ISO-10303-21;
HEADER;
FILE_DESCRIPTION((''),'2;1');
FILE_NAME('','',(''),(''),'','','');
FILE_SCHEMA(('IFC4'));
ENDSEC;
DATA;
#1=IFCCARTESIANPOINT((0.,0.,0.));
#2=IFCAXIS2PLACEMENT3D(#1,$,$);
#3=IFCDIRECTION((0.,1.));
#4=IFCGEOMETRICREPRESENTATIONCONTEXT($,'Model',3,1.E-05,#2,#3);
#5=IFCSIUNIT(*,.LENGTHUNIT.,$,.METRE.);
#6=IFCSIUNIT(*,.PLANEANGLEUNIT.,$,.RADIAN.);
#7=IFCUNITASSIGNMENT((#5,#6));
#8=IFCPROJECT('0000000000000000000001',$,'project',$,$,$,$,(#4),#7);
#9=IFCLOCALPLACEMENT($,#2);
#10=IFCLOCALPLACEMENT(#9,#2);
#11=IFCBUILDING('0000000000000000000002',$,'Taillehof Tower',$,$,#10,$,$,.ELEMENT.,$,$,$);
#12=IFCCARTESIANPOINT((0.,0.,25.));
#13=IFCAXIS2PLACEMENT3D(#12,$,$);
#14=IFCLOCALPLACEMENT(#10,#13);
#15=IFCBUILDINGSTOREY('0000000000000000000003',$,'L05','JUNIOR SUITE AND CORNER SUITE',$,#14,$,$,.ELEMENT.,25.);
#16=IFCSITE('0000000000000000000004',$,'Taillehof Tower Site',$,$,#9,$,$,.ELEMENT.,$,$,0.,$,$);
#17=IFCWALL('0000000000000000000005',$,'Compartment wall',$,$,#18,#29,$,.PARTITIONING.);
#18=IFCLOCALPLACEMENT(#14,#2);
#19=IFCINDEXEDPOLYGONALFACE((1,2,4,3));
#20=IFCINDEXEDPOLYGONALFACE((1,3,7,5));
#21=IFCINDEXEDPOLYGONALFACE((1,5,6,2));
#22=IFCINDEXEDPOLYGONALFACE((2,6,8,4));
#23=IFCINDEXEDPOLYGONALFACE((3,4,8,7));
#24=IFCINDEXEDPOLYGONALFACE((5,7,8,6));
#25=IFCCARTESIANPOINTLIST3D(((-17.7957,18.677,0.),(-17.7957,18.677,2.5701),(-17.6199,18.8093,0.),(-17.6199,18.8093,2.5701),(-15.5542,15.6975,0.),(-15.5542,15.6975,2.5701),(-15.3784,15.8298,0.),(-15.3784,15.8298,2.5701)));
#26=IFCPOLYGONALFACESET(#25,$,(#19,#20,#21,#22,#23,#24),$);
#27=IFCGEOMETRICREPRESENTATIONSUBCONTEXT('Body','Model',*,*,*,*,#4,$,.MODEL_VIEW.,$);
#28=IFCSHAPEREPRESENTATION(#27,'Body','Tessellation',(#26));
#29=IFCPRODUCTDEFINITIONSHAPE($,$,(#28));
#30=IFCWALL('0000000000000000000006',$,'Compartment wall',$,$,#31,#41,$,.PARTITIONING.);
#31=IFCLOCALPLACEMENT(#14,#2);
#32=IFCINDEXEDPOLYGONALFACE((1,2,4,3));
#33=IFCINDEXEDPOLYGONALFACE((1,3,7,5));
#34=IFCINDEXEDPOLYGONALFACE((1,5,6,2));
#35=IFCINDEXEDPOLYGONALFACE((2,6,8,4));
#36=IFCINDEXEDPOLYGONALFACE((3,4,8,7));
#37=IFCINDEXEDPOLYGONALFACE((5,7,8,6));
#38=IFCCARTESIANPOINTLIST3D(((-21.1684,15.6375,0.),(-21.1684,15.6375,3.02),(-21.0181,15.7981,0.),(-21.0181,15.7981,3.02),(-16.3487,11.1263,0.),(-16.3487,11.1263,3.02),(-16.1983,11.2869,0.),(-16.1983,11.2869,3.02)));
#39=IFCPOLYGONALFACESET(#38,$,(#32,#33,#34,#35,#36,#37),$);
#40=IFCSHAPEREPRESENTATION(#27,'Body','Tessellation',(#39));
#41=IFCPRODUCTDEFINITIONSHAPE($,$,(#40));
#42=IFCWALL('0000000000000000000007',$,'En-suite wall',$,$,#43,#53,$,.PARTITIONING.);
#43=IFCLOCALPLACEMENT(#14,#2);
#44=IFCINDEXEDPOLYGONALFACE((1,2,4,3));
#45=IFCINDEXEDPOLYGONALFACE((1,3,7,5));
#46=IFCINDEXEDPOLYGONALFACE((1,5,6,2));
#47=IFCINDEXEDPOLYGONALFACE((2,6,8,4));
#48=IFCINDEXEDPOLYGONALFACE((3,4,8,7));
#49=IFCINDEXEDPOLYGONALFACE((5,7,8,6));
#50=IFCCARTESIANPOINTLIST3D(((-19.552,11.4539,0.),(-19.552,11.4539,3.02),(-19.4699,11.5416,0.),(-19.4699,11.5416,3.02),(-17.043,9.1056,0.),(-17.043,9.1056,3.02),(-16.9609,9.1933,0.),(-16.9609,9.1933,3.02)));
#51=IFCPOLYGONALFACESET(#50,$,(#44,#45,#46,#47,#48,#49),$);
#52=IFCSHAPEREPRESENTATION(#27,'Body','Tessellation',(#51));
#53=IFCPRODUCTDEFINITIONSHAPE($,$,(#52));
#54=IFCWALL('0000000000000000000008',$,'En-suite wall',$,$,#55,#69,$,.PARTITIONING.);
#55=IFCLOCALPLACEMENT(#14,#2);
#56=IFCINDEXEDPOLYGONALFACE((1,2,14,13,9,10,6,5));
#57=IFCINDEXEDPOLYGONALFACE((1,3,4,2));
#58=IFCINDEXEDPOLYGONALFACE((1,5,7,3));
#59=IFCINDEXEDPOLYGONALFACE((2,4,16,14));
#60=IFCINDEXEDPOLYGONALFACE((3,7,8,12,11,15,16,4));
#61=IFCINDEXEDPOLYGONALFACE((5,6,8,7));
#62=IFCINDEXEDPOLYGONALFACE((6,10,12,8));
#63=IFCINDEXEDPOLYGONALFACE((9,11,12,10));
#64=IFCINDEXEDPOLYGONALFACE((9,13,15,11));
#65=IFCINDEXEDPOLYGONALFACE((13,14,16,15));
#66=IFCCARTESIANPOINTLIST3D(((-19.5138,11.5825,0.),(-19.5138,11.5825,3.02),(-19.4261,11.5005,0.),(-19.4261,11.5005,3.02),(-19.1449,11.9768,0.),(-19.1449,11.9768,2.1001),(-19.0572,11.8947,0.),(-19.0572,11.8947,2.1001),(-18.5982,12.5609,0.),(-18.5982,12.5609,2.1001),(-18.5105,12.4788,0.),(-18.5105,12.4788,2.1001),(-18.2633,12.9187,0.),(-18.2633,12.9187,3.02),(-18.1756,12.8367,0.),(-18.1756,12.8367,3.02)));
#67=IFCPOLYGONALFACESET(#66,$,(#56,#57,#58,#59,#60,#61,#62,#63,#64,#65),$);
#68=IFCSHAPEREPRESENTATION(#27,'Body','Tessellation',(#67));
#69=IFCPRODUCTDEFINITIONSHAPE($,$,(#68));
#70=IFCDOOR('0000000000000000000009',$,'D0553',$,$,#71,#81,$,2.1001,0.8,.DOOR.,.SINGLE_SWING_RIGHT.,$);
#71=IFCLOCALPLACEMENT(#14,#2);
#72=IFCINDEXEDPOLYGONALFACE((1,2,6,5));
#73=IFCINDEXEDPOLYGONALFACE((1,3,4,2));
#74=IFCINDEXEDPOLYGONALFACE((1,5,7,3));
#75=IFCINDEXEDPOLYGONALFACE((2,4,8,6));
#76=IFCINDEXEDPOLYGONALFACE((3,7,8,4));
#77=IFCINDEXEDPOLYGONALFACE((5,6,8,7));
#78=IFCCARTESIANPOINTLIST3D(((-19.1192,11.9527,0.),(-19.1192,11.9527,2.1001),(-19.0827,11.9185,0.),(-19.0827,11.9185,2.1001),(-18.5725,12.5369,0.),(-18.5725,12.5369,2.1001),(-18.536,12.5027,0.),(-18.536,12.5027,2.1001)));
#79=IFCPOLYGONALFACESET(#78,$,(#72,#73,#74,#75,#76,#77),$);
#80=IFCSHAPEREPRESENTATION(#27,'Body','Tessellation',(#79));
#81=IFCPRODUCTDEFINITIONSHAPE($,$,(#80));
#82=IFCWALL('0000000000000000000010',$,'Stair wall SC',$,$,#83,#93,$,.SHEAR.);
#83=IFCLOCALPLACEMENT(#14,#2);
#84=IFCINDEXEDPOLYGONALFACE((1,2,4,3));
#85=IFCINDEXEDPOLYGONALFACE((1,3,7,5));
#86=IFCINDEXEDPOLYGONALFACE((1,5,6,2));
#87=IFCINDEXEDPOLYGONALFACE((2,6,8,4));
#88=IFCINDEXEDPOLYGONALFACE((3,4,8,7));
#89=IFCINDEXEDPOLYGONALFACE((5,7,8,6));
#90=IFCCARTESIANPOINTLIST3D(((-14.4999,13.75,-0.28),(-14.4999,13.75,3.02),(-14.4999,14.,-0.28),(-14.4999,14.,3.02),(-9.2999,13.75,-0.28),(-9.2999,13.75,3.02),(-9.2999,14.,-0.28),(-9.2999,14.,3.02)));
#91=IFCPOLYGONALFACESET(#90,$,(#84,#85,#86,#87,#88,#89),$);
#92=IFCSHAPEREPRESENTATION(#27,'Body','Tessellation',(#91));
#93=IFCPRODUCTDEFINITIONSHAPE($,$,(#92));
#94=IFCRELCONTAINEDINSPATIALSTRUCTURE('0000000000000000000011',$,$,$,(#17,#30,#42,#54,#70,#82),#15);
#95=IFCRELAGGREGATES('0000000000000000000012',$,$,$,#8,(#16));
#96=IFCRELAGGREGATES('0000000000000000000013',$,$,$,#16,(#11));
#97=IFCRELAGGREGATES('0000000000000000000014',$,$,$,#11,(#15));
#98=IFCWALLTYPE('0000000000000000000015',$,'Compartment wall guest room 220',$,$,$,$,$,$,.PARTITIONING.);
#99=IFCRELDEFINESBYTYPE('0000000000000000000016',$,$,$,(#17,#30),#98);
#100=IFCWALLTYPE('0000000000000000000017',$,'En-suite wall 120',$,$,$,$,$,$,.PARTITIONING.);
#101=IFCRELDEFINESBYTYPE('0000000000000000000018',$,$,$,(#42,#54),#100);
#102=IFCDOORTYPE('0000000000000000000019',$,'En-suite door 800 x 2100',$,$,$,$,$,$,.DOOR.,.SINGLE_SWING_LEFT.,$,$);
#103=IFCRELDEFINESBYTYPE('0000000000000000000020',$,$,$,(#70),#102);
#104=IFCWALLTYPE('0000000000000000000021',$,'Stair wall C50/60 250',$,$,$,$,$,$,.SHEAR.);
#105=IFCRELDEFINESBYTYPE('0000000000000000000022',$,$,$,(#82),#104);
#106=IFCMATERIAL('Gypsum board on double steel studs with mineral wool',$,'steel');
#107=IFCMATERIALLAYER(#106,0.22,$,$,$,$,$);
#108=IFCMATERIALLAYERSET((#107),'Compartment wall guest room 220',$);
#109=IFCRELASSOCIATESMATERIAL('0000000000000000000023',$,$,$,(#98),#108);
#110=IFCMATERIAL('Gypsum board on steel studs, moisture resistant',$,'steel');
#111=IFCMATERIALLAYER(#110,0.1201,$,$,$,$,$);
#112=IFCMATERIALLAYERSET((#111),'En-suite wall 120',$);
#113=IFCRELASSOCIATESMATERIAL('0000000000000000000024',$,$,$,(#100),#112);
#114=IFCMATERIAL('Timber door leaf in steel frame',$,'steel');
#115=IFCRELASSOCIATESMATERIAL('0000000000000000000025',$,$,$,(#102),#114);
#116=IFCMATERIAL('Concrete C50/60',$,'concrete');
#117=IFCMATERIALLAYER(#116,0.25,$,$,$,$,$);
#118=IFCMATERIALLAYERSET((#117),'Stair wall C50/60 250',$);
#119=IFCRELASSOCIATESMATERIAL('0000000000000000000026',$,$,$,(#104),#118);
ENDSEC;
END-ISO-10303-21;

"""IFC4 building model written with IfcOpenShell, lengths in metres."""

from ifc_helpers import new_model, si_unit, direction, frame, frame_2d, origin, place, context, subcontext, project, spatial, rectangle, extrude, material, layer, layer_set, type_object, element, fill, save


model = new_model("IFC4")

# Units and contexts
model_context = context("Model", 3, precision=1e-05, world=origin(), true_north=direction((0.0, 1.0)))
body_context = subcontext(model_context, "Body", "Model", "MODEL_VIEW")
ifc_project = project(units=[si_unit("LENGTHUNIT", "METRE"), si_unit("PLANEANGLEUNIT", "RADIAN")], contexts=[model_context])

# Site, building, storey
site_placement = place(None, origin())
site = spatial("IfcSite", under=ifc_project, at=site_placement, Name="Taillehof Tower Site", CompositionType="ELEMENT", RefElevation=0.0)
building_placement = place(site_placement, origin())
building = spatial("IfcBuilding", under=site, at=building_placement, Name="Taillehof Tower", CompositionType="ELEMENT")
storey_placement = place(building_placement, frame((0.0, 0.0, 25.0)))
storey = spatial("IfcBuildingStorey", under=building, at=storey_placement, Name="L05", Description="JUNIOR SUITE AND CORNER SUITE", CompositionType="ELEMENT", Elevation=25.0)

# Walls
ifc_material_1 = material(Name="Gypsum board on double steel studs with mineral wool", Category="steel")
ifc_layer_1 = layer(ifc_material_1, 0.22)
ifc_layer_set_1 = layer_set([ifc_layer_1], Name="Compartment wall guest room 220")
wall_type_1 = type_object("IfcWallType", Name="Compartment wall guest room 220", PredefinedType="PARTITIONING", material=ifc_layer_set_1)
wall_1_placement = place(storey_placement, frame((-17.7078, 18.7432, 0.0), z_axis=(0.0, 0.0, 1.0), x_axis=(0.601173, -0.799119, 0.0)))
element("IfcWall", 1, at=wall_1_placement, inside=storey, type_object=wall_type_1, Name="Compartment wall", PredefinedType="PARTITIONING", context=body_context, shape_type="SweptSolid", body=[
    extrude(rectangle(XDim=3.7285, YDim=0.22, at=frame_2d((1.8643, 0.0))), origin(), (0.0, 0.0, 1.0), 2.5701),
])
wall_2_placement = place(storey_placement, frame((-21.0933, 15.7178, 0.0), z_axis=(0.0, 0.0, 1.0), x_axis=(0.730093, -0.683348, 0.0)))
element("IfcWall", 2, at=wall_2_placement, inside=storey, type_object=wall_type_1, Name="Compartment wall", PredefinedType="PARTITIONING", context=body_context, shape_type="SweptSolid", body=[
    extrude(rectangle(XDim=6.6016, YDim=0.22, at=frame_2d((3.3008, 0.0))), origin(), (0.0, 0.0, 1.0), 3.02),
])
ifc_material_2 = material(Name="Gypsum board on steel studs, moisture resistant", Category="steel")
ifc_layer_2 = layer(ifc_material_2, 0.1201)
ifc_layer_set_2 = layer_set([ifc_layer_2], Name="En-suite wall 120")
wall_type_2 = type_object("IfcWallType", Name="En-suite wall 120", PredefinedType="PARTITIONING", material=ifc_layer_set_2)
wall_3_placement = place(storey_placement, frame((-17.002, 9.1494, 0.0), z_axis=(0.0, 0.0, 1.0), x_axis=(-0.730093, 0.683348, 0.0)))
element("IfcWall", 3, at=wall_3_placement, inside=storey, type_object=wall_type_2, Name="En-suite wall", PredefinedType="PARTITIONING", context=body_context, shape_type="SweptSolid", body=[
    extrude(rectangle(XDim=3.4365, YDim=0.1201, at=frame_2d((1.7183, 0.0))), origin(), (0.0, 0.0, 1.0), 3.02),
])

# Wall, opening, door
wall_4_placement = place(storey_placement, frame((-19.47, 11.5415, 0.0), z_axis=(0.0, 0.0, 1.0), x_axis=(0.683306, 0.730132, 0.0)))
wall_4 = element("IfcWall", 4, at=wall_4_placement, inside=storey, type_object=wall_type_2, Name="En-suite wall", PredefinedType="PARTITIONING", context=body_context, shape_type="SweptSolid", body=[
    extrude(rectangle(XDim=1.8301, YDim=0.1201, at=frame_2d((0.915, 0.0))), origin(), (0.0, 0.0, 1.0), 3.02),
])
opening_1_placement = place(wall_4_placement, frame((0.54, 0.0, 0.0)))
opening_1 = element("IfcOpeningElement", 5, at=opening_1_placement, cuts=wall_4, PredefinedType="OPENING", context=body_context, shape_type="SweptSolid", body=[
    extrude(rectangle(XDim=0.8, YDim=2.1001, at=frame_2d((0.3999, 1.05))), frame((0.0, 0.0701, 0.0), z_axis=(0.0, -1.0, 0.0), x_axis=(1.0, 0.0, 0.0)), (0.0, 0.0, 1.0), 0.1401),
])
ifc_material_3 = material(Name="Timber door leaf in steel frame", Category="steel")
door_type_1 = type_object("IfcDoorType", Name="En-suite door 800 x 2100", OperationType="SINGLE_SWING_LEFT", PredefinedType="DOOR", material=ifc_material_3)
door_1_placement = place(opening_1_placement, origin())
door_1 = element("IfcDoor", 6, at=door_1_placement, inside=storey, type_object=door_type_1, Name="D0553", OperationType="SINGLE_SWING_RIGHT", OverallHeight=2.1001, OverallWidth=0.8, PredefinedType="DOOR", context=body_context, shape_type="SweptSolid", body=[
    extrude(rectangle(XDim=0.8, YDim=2.1001, at=frame_2d((0.3999, 1.05))), frame((0.0, 0.0249, 0.0), z_axis=(0.0, -1.0, 0.0), x_axis=(1.0, 0.0, 0.0)), (0.0, 0.0, 1.0), 0.05),
])
fill(opening_1, door_1)

# Wall
ifc_material_4 = material(Name="Concrete C50/60", Category="concrete")
ifc_layer_3 = layer(ifc_material_4, 0.25)
ifc_layer_set_3 = layer_set([ifc_layer_3], Name="Stair wall C50/60 250")
wall_type_3 = type_object("IfcWallType", Name="Stair wall C50/60 250", PredefinedType="SHEAR", material=ifc_layer_set_3)
wall_5_placement = place(storey_placement, frame((-14.5, 13.875, -0.28), z_axis=(0.0, 0.0, 1.0), x_axis=(1.0, 0.0, 0.0)))
element("IfcWall", 7, at=wall_5_placement, inside=storey, type_object=wall_type_3, Name="Stair wall SC", PredefinedType="SHEAR", context=body_context, shape_type="SweptSolid", body=[
    extrude(rectangle(XDim=5.2, YDim=0.25, at=frame_2d((2.6001, 0.0))), origin(), (0.0, 0.0, 1.0), 3.3),
])

save(model, "model.ifc")
